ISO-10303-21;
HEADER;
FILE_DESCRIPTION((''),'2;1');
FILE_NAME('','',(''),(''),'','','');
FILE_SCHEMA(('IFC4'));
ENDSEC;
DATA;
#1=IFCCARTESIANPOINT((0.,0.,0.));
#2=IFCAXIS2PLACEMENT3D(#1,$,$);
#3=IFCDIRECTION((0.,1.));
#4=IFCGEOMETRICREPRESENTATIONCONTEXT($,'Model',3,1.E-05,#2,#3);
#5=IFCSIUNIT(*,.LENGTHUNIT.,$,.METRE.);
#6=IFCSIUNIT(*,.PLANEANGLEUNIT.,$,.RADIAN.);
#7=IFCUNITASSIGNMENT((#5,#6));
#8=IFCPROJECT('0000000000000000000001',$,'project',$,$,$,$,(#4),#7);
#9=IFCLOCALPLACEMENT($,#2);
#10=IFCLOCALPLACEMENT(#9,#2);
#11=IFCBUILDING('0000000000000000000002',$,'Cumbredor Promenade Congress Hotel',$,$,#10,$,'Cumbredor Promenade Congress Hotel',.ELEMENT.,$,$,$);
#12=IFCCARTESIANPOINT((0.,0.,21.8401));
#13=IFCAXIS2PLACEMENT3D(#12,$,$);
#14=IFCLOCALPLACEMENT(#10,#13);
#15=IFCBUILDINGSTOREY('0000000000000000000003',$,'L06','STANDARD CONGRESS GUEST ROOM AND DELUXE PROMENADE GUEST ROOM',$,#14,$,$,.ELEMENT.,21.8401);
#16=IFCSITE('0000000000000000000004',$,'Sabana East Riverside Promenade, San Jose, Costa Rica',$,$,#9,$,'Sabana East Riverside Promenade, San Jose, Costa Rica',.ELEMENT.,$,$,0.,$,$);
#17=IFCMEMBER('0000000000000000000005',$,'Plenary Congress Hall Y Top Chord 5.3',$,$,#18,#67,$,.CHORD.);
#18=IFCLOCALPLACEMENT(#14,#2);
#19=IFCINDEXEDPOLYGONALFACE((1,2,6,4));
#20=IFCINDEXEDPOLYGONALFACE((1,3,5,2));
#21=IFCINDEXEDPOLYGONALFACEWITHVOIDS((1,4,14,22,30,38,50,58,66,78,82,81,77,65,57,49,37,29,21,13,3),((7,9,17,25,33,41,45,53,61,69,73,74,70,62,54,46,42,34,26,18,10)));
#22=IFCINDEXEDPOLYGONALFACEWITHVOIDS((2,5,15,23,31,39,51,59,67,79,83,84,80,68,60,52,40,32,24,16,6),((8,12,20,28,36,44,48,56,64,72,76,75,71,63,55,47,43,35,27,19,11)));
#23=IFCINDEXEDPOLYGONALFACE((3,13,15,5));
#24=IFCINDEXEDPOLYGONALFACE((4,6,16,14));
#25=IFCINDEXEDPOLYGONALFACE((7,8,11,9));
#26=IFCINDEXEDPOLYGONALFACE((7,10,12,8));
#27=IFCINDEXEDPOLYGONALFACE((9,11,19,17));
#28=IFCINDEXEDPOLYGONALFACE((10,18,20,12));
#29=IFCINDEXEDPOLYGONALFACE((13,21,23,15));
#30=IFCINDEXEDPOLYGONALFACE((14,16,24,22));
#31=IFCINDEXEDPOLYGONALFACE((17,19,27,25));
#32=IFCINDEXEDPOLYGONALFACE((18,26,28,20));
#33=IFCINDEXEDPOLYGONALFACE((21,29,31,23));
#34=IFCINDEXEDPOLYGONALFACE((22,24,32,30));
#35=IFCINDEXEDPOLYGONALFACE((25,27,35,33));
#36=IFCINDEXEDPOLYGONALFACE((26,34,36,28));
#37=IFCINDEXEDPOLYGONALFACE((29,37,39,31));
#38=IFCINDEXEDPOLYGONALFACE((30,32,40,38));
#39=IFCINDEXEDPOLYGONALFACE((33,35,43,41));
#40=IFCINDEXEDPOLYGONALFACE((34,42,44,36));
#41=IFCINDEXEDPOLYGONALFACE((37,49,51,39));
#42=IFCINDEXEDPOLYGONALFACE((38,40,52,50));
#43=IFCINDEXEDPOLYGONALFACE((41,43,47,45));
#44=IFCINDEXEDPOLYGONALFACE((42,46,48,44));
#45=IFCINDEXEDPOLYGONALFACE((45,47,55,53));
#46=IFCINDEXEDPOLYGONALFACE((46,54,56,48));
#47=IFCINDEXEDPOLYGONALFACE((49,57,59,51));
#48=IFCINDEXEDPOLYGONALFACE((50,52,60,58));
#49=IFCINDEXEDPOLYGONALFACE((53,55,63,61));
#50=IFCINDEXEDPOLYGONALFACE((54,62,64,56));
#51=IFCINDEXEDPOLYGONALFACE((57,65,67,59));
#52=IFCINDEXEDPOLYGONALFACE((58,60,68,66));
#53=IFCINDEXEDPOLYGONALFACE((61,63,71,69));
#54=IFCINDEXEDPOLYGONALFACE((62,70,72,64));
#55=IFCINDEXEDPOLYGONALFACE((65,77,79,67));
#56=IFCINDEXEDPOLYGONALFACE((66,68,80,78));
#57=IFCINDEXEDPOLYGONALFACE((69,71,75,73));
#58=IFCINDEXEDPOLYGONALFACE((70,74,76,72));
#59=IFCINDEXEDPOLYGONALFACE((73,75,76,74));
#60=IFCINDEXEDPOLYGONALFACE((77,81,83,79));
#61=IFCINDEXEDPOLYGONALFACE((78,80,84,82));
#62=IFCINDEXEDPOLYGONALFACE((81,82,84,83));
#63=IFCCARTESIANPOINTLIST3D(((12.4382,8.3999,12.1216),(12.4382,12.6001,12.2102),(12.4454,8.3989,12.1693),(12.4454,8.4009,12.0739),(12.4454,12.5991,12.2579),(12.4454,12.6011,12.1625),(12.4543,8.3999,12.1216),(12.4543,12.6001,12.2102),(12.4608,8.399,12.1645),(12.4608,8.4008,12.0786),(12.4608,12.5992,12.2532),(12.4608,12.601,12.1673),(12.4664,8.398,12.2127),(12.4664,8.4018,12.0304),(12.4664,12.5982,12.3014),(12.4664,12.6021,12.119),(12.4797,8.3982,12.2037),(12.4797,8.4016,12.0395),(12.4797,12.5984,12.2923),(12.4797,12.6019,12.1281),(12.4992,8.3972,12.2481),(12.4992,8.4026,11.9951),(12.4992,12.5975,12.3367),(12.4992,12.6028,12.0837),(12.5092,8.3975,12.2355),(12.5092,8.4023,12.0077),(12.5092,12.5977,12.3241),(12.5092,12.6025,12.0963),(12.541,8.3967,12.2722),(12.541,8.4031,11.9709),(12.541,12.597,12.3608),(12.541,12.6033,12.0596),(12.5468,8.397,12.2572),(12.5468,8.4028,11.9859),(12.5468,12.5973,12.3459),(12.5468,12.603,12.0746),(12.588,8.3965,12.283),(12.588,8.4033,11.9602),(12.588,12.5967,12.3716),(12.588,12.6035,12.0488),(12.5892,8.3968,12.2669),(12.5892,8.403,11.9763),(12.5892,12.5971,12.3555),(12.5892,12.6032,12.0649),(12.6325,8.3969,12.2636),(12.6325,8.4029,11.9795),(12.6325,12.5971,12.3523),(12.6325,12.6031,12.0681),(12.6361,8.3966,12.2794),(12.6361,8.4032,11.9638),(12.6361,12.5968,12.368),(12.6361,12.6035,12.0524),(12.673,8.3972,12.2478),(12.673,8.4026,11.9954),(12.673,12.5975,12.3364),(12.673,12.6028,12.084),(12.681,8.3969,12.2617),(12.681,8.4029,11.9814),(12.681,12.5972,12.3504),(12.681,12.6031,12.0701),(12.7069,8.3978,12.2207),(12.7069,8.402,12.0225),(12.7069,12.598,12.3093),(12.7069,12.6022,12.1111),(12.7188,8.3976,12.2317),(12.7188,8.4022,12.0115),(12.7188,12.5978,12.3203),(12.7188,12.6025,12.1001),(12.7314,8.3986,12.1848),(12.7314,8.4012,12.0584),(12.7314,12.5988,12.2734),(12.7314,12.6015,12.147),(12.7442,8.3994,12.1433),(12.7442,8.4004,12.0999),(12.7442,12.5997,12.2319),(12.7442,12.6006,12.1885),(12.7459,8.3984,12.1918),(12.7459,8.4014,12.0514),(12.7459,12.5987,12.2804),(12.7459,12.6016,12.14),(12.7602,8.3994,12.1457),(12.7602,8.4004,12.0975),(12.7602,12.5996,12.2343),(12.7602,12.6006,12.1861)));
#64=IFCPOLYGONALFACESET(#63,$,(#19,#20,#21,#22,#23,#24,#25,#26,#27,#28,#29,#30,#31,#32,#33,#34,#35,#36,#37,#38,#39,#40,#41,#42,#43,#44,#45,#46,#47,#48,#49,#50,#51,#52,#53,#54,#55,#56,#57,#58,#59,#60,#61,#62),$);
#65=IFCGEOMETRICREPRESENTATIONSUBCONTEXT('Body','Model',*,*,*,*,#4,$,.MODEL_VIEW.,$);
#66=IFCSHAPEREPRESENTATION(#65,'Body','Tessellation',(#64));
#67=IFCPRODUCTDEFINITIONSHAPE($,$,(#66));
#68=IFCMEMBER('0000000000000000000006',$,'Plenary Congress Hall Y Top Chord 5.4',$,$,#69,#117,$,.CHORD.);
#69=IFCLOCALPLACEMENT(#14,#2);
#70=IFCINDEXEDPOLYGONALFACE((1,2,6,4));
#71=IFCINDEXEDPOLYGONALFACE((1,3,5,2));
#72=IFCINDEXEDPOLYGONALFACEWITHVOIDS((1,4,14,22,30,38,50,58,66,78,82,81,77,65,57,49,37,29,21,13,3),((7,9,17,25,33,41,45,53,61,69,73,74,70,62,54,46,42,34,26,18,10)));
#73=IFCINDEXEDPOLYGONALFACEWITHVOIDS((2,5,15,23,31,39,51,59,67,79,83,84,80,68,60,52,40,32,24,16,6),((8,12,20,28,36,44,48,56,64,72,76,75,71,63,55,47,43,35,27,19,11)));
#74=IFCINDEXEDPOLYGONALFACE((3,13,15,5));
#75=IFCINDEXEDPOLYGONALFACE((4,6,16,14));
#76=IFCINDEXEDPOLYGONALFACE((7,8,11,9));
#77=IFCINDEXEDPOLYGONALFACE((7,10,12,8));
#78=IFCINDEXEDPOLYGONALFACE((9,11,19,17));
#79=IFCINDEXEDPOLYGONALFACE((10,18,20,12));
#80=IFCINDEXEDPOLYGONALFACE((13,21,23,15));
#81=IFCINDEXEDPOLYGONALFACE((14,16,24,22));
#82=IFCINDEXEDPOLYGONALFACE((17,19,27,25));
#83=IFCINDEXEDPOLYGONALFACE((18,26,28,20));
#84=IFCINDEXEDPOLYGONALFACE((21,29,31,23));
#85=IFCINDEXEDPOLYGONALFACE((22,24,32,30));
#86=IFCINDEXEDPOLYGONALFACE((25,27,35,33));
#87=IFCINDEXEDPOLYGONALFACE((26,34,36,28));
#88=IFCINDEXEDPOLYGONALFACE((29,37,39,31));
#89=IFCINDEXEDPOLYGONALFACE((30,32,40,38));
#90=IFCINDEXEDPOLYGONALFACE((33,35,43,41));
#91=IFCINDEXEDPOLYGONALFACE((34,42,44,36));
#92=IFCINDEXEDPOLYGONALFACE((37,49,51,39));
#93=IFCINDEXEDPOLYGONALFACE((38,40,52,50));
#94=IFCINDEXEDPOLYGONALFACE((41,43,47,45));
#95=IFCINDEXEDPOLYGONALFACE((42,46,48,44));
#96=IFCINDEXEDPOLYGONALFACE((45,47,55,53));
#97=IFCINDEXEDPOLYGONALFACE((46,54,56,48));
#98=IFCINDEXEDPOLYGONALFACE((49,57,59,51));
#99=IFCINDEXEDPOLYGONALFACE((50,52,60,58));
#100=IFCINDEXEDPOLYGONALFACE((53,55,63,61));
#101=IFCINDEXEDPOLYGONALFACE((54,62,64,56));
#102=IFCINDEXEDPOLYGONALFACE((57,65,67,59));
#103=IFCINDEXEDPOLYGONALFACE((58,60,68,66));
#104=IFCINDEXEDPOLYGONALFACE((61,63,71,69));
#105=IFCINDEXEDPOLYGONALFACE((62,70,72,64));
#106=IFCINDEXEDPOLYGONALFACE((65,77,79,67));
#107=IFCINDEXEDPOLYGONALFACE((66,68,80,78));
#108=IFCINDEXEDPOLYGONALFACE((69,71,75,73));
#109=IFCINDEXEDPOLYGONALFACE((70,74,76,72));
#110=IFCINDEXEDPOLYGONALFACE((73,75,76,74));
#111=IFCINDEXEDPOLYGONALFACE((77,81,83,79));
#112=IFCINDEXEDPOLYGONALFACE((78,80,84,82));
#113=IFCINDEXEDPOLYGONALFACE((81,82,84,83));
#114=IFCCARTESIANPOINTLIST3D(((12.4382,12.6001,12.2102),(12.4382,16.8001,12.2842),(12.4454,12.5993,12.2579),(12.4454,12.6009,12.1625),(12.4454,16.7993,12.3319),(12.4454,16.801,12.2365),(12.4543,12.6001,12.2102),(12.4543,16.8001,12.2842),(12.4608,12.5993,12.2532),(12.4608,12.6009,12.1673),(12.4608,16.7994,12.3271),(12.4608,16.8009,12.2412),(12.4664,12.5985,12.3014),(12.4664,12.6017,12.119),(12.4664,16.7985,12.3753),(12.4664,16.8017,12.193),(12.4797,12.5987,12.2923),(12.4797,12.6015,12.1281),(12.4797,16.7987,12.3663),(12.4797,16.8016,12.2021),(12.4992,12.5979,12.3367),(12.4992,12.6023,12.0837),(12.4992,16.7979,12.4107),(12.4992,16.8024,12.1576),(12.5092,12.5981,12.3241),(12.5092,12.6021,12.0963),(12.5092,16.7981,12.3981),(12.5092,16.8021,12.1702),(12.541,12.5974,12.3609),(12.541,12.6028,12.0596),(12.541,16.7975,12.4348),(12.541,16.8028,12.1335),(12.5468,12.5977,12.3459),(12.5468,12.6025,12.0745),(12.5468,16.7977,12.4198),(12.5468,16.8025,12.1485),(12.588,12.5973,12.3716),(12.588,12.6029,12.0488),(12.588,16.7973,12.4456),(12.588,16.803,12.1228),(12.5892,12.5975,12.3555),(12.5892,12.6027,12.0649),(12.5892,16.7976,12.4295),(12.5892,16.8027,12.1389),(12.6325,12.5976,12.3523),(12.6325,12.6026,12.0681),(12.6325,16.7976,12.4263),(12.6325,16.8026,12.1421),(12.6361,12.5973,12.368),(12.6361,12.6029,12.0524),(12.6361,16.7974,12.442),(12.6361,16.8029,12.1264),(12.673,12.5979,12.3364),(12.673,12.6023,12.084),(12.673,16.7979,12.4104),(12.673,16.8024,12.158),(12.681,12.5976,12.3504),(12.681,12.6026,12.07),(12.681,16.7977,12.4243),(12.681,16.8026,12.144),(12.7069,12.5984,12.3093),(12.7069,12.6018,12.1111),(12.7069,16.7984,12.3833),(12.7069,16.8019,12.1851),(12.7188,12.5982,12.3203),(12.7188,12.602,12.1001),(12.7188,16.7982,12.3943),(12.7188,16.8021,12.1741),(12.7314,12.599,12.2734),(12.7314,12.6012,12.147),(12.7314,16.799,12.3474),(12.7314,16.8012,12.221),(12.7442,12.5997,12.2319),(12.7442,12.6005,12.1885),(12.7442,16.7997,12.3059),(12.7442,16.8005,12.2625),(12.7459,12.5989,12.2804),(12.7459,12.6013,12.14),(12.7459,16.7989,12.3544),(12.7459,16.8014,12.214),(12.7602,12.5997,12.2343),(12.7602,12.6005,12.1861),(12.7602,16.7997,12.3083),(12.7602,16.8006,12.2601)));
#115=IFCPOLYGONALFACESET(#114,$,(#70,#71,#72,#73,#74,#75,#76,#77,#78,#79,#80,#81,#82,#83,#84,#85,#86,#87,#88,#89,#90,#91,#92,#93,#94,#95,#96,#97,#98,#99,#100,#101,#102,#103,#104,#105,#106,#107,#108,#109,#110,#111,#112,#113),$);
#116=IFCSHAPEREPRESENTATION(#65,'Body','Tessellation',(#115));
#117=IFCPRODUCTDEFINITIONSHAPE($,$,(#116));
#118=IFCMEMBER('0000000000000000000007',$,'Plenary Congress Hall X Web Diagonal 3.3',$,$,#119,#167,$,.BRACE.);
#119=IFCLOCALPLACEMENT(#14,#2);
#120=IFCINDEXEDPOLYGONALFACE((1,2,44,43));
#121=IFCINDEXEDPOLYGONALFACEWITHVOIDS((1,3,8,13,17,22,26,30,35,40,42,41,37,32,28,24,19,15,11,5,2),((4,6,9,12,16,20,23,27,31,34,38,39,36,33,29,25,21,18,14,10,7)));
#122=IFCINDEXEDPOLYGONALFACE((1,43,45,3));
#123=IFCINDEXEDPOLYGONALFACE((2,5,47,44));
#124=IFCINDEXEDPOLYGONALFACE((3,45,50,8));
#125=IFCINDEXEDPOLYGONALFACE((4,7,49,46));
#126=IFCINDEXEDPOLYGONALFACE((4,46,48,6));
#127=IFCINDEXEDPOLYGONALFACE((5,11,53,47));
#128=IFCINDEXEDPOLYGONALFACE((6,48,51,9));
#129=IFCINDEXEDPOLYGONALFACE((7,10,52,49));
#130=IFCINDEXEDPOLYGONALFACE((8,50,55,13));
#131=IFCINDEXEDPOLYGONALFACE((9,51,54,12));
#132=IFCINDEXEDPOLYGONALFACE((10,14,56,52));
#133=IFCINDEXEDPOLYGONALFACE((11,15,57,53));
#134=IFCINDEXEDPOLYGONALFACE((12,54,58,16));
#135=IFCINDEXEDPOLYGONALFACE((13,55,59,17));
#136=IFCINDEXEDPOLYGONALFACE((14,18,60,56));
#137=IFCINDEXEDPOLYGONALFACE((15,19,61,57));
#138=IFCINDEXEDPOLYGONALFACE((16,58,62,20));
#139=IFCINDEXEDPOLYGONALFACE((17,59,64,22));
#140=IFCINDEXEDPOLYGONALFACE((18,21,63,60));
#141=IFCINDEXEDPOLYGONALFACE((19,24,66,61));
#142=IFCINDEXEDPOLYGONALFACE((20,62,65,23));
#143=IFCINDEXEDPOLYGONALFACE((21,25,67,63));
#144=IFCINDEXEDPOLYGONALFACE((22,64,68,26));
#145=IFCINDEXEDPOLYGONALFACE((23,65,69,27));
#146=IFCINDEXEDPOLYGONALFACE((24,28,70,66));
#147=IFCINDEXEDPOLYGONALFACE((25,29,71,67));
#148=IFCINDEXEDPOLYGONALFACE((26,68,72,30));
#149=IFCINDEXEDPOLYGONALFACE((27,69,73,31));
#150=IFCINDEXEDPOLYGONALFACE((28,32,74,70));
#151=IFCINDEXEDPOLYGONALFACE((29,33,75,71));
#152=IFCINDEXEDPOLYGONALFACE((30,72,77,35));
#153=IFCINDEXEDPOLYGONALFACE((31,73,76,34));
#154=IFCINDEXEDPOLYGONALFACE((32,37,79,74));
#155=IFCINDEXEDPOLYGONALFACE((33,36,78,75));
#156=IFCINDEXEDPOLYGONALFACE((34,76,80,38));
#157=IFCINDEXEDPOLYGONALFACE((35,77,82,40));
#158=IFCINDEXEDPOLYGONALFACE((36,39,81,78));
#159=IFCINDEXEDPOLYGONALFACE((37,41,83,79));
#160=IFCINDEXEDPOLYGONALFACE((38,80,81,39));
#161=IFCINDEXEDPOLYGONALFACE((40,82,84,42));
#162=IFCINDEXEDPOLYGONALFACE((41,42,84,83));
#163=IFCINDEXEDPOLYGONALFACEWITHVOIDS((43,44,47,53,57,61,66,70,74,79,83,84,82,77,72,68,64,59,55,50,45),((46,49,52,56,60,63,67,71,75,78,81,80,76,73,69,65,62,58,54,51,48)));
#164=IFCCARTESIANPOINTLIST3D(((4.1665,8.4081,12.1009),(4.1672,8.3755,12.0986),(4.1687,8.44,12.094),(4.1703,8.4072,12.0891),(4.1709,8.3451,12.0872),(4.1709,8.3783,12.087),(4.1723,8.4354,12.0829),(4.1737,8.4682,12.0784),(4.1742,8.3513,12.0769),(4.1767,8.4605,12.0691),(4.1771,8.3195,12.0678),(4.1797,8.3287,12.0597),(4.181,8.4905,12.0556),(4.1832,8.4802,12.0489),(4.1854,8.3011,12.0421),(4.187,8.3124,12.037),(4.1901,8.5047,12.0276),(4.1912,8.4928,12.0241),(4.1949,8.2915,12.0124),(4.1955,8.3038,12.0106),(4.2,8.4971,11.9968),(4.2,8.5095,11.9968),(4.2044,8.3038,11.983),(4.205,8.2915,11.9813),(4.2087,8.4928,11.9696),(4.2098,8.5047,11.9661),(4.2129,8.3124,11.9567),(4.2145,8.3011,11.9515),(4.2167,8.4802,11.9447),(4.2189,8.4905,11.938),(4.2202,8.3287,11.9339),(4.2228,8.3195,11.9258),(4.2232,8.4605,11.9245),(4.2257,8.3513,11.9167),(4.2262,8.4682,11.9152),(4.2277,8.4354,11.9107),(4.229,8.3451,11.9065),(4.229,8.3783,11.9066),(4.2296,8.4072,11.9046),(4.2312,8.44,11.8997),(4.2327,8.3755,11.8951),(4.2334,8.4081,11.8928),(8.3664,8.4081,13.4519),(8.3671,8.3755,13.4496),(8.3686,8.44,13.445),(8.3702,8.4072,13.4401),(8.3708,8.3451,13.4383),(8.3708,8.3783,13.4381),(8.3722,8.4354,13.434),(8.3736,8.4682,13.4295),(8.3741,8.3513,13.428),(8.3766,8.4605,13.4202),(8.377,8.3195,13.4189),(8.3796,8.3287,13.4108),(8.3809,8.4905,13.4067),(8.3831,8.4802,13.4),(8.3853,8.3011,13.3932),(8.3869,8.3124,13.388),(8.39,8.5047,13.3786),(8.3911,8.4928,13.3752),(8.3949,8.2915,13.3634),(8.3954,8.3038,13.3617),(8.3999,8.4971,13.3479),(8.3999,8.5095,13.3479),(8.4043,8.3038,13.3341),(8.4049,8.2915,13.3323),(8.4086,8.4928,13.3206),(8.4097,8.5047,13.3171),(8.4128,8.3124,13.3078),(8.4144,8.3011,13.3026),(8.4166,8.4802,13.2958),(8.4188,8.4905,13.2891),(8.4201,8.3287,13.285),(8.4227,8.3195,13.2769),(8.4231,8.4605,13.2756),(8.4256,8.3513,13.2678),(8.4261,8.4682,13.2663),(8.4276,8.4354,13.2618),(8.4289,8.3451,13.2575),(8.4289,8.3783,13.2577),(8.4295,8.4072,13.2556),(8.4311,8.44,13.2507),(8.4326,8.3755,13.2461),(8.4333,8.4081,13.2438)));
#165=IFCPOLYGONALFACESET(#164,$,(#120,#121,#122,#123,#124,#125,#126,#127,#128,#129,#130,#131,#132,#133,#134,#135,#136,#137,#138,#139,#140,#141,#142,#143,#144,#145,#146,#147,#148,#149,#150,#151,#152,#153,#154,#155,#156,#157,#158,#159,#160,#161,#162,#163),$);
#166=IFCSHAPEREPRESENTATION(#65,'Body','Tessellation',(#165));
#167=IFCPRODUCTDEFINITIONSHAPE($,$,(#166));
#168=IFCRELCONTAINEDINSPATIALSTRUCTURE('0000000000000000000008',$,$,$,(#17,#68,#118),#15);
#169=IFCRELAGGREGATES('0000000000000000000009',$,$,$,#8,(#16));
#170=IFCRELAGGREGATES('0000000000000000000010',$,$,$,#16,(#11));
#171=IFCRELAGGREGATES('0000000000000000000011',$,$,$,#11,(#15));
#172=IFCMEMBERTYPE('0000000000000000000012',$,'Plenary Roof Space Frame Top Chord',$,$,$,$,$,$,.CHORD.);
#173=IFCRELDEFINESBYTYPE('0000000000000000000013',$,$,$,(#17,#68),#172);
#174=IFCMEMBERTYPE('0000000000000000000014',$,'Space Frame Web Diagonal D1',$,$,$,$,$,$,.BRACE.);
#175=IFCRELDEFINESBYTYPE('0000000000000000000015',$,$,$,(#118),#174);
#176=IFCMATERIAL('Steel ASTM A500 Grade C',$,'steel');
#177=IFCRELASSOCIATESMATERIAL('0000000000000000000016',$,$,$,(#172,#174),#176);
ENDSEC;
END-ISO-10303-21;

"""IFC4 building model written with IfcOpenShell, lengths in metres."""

from ifc_helpers import new_model, si_unit, direction, frame, origin, origin_2d, place, context, subcontext, project, spatial, hollow_circle, extrude, material, material_profile, profile_set, type_object, element, save


model = new_model("IFC4")

# Units and contexts
model_context = context("Model", 3, precision=1e-05, world=origin(), true_north=direction((0.0, 1.0)))
body_context = subcontext(model_context, "Body", "Model", "MODEL_VIEW")
ifc_project = project(units=[si_unit("LENGTHUNIT", "METRE"), si_unit("PLANEANGLEUNIT", "RADIAN")], contexts=[model_context])

# Site, building, storey
site_placement = place(None, origin())
site = spatial("IfcSite", under=ifc_project, at=site_placement, Name="Sabana East Riverside Promenade, San Jose, Costa Rica", LongName="Sabana East Riverside Promenade, San Jose, Costa Rica", CompositionType="ELEMENT", RefElevation=0.0)
building_placement = place(site_placement, origin())
building = spatial("IfcBuilding", under=site, at=building_placement, Name="Cumbredor Promenade Congress Hotel", LongName="Cumbredor Promenade Congress Hotel", CompositionType="ELEMENT")
storey_placement = place(building_placement, frame((0.0, 0.0, 21.8401)))
storey = spatial("IfcBuildingStorey", under=building, at=storey_placement, Name="L06", Description="STANDARD CONGRESS GUEST ROOM AND DELUXE PROMENADE GUEST ROOM", CompositionType="ELEMENT", Elevation=21.8401)

# Members
ifc_material_1 = material(Name="Steel ASTM A500 Grade C", Category="steel")
ifc_material_profile_1 = material_profile(ifc_material_1, hollow_circle(Radius=0.1619, WallThickness=0.0161, at=origin_2d()), Name="CHS 323.9x16")
ifc_profile_set_1 = profile_set([ifc_material_profile_1], Name="Steel ASTM A500 Grade C")
member_type_1 = type_object("IfcMemberType", Name="Plenary Roof Space Frame Top Chord", PredefinedType="CHORD", material=ifc_profile_set_1)
member_1_placement = place(storey_placement, frame((12.6001, 8.3999, 12.1216), z_axis=(0.0, 0.999777, 0.021095), x_axis=(-1.0, 0.0, 0.0)))
element("IfcMember", 1, at=member_1_placement, inside=storey, type_object=member_type_1, Name="Plenary Congress Hall Y Top Chord 5.3", PredefinedType="CHORD", context=body_context, shape_type="SweptSolid", body=[
    extrude(hollow_circle(Radius=0.1619, WallThickness=0.0161, at=origin_2d()), origin(), (0.0, 0.0, 1.0), 4.2012),
])
member_2_placement = place(storey_placement, frame((12.6001, 12.6001, 12.2102), z_axis=(0.0, 0.999845, 0.01761), x_axis=(-1.0, 0.0, 0.0)))
element("IfcMember", 2, at=member_2_placement, inside=storey, type_object=member_type_1, Name="Plenary Congress Hall Y Top Chord 5.4", PredefinedType="CHORD", context=body_context, shape_type="SweptSolid", body=[
    extrude(hollow_circle(Radius=0.1619, WallThickness=0.0161, at=origin_2d()), origin(), (0.0, 0.0, 1.0), 4.2007),
])
ifc_material_profile_2 = material_profile(ifc_material_1, hollow_circle(Radius=0.1096, WallThickness=0.0125, at=origin_2d()), Name="CHS 219.1x12.5")
ifc_profile_set_2 = profile_set([ifc_material_profile_2], Name="Steel ASTM A500 Grade C")
member_type_2 = type_object("IfcMemberType", Name="Space Frame Web Diagonal D1", PredefinedType="BRACE", material=ifc_profile_set_2)
member_3_placement = place(storey_placement, frame((4.2, 8.3999, 11.9968), z_axis=(0.951957, 0.0, 0.306233), x_axis=(0.0, 1.0, 0.0)))
element("IfcMember", 3, at=member_3_placement, inside=storey, type_object=member_type_2, Name="Plenary Congress Hall X Web Diagonal 3.3", PredefinedType="BRACE", context=body_context, shape_type="SweptSolid", body=[
    extrude(hollow_circle(Radius=0.1096, WallThickness=0.0125, at=origin_2d()), origin(), (0.0, 0.0, 1.0), 4.4119),
])

save(model, "model.ifc")
